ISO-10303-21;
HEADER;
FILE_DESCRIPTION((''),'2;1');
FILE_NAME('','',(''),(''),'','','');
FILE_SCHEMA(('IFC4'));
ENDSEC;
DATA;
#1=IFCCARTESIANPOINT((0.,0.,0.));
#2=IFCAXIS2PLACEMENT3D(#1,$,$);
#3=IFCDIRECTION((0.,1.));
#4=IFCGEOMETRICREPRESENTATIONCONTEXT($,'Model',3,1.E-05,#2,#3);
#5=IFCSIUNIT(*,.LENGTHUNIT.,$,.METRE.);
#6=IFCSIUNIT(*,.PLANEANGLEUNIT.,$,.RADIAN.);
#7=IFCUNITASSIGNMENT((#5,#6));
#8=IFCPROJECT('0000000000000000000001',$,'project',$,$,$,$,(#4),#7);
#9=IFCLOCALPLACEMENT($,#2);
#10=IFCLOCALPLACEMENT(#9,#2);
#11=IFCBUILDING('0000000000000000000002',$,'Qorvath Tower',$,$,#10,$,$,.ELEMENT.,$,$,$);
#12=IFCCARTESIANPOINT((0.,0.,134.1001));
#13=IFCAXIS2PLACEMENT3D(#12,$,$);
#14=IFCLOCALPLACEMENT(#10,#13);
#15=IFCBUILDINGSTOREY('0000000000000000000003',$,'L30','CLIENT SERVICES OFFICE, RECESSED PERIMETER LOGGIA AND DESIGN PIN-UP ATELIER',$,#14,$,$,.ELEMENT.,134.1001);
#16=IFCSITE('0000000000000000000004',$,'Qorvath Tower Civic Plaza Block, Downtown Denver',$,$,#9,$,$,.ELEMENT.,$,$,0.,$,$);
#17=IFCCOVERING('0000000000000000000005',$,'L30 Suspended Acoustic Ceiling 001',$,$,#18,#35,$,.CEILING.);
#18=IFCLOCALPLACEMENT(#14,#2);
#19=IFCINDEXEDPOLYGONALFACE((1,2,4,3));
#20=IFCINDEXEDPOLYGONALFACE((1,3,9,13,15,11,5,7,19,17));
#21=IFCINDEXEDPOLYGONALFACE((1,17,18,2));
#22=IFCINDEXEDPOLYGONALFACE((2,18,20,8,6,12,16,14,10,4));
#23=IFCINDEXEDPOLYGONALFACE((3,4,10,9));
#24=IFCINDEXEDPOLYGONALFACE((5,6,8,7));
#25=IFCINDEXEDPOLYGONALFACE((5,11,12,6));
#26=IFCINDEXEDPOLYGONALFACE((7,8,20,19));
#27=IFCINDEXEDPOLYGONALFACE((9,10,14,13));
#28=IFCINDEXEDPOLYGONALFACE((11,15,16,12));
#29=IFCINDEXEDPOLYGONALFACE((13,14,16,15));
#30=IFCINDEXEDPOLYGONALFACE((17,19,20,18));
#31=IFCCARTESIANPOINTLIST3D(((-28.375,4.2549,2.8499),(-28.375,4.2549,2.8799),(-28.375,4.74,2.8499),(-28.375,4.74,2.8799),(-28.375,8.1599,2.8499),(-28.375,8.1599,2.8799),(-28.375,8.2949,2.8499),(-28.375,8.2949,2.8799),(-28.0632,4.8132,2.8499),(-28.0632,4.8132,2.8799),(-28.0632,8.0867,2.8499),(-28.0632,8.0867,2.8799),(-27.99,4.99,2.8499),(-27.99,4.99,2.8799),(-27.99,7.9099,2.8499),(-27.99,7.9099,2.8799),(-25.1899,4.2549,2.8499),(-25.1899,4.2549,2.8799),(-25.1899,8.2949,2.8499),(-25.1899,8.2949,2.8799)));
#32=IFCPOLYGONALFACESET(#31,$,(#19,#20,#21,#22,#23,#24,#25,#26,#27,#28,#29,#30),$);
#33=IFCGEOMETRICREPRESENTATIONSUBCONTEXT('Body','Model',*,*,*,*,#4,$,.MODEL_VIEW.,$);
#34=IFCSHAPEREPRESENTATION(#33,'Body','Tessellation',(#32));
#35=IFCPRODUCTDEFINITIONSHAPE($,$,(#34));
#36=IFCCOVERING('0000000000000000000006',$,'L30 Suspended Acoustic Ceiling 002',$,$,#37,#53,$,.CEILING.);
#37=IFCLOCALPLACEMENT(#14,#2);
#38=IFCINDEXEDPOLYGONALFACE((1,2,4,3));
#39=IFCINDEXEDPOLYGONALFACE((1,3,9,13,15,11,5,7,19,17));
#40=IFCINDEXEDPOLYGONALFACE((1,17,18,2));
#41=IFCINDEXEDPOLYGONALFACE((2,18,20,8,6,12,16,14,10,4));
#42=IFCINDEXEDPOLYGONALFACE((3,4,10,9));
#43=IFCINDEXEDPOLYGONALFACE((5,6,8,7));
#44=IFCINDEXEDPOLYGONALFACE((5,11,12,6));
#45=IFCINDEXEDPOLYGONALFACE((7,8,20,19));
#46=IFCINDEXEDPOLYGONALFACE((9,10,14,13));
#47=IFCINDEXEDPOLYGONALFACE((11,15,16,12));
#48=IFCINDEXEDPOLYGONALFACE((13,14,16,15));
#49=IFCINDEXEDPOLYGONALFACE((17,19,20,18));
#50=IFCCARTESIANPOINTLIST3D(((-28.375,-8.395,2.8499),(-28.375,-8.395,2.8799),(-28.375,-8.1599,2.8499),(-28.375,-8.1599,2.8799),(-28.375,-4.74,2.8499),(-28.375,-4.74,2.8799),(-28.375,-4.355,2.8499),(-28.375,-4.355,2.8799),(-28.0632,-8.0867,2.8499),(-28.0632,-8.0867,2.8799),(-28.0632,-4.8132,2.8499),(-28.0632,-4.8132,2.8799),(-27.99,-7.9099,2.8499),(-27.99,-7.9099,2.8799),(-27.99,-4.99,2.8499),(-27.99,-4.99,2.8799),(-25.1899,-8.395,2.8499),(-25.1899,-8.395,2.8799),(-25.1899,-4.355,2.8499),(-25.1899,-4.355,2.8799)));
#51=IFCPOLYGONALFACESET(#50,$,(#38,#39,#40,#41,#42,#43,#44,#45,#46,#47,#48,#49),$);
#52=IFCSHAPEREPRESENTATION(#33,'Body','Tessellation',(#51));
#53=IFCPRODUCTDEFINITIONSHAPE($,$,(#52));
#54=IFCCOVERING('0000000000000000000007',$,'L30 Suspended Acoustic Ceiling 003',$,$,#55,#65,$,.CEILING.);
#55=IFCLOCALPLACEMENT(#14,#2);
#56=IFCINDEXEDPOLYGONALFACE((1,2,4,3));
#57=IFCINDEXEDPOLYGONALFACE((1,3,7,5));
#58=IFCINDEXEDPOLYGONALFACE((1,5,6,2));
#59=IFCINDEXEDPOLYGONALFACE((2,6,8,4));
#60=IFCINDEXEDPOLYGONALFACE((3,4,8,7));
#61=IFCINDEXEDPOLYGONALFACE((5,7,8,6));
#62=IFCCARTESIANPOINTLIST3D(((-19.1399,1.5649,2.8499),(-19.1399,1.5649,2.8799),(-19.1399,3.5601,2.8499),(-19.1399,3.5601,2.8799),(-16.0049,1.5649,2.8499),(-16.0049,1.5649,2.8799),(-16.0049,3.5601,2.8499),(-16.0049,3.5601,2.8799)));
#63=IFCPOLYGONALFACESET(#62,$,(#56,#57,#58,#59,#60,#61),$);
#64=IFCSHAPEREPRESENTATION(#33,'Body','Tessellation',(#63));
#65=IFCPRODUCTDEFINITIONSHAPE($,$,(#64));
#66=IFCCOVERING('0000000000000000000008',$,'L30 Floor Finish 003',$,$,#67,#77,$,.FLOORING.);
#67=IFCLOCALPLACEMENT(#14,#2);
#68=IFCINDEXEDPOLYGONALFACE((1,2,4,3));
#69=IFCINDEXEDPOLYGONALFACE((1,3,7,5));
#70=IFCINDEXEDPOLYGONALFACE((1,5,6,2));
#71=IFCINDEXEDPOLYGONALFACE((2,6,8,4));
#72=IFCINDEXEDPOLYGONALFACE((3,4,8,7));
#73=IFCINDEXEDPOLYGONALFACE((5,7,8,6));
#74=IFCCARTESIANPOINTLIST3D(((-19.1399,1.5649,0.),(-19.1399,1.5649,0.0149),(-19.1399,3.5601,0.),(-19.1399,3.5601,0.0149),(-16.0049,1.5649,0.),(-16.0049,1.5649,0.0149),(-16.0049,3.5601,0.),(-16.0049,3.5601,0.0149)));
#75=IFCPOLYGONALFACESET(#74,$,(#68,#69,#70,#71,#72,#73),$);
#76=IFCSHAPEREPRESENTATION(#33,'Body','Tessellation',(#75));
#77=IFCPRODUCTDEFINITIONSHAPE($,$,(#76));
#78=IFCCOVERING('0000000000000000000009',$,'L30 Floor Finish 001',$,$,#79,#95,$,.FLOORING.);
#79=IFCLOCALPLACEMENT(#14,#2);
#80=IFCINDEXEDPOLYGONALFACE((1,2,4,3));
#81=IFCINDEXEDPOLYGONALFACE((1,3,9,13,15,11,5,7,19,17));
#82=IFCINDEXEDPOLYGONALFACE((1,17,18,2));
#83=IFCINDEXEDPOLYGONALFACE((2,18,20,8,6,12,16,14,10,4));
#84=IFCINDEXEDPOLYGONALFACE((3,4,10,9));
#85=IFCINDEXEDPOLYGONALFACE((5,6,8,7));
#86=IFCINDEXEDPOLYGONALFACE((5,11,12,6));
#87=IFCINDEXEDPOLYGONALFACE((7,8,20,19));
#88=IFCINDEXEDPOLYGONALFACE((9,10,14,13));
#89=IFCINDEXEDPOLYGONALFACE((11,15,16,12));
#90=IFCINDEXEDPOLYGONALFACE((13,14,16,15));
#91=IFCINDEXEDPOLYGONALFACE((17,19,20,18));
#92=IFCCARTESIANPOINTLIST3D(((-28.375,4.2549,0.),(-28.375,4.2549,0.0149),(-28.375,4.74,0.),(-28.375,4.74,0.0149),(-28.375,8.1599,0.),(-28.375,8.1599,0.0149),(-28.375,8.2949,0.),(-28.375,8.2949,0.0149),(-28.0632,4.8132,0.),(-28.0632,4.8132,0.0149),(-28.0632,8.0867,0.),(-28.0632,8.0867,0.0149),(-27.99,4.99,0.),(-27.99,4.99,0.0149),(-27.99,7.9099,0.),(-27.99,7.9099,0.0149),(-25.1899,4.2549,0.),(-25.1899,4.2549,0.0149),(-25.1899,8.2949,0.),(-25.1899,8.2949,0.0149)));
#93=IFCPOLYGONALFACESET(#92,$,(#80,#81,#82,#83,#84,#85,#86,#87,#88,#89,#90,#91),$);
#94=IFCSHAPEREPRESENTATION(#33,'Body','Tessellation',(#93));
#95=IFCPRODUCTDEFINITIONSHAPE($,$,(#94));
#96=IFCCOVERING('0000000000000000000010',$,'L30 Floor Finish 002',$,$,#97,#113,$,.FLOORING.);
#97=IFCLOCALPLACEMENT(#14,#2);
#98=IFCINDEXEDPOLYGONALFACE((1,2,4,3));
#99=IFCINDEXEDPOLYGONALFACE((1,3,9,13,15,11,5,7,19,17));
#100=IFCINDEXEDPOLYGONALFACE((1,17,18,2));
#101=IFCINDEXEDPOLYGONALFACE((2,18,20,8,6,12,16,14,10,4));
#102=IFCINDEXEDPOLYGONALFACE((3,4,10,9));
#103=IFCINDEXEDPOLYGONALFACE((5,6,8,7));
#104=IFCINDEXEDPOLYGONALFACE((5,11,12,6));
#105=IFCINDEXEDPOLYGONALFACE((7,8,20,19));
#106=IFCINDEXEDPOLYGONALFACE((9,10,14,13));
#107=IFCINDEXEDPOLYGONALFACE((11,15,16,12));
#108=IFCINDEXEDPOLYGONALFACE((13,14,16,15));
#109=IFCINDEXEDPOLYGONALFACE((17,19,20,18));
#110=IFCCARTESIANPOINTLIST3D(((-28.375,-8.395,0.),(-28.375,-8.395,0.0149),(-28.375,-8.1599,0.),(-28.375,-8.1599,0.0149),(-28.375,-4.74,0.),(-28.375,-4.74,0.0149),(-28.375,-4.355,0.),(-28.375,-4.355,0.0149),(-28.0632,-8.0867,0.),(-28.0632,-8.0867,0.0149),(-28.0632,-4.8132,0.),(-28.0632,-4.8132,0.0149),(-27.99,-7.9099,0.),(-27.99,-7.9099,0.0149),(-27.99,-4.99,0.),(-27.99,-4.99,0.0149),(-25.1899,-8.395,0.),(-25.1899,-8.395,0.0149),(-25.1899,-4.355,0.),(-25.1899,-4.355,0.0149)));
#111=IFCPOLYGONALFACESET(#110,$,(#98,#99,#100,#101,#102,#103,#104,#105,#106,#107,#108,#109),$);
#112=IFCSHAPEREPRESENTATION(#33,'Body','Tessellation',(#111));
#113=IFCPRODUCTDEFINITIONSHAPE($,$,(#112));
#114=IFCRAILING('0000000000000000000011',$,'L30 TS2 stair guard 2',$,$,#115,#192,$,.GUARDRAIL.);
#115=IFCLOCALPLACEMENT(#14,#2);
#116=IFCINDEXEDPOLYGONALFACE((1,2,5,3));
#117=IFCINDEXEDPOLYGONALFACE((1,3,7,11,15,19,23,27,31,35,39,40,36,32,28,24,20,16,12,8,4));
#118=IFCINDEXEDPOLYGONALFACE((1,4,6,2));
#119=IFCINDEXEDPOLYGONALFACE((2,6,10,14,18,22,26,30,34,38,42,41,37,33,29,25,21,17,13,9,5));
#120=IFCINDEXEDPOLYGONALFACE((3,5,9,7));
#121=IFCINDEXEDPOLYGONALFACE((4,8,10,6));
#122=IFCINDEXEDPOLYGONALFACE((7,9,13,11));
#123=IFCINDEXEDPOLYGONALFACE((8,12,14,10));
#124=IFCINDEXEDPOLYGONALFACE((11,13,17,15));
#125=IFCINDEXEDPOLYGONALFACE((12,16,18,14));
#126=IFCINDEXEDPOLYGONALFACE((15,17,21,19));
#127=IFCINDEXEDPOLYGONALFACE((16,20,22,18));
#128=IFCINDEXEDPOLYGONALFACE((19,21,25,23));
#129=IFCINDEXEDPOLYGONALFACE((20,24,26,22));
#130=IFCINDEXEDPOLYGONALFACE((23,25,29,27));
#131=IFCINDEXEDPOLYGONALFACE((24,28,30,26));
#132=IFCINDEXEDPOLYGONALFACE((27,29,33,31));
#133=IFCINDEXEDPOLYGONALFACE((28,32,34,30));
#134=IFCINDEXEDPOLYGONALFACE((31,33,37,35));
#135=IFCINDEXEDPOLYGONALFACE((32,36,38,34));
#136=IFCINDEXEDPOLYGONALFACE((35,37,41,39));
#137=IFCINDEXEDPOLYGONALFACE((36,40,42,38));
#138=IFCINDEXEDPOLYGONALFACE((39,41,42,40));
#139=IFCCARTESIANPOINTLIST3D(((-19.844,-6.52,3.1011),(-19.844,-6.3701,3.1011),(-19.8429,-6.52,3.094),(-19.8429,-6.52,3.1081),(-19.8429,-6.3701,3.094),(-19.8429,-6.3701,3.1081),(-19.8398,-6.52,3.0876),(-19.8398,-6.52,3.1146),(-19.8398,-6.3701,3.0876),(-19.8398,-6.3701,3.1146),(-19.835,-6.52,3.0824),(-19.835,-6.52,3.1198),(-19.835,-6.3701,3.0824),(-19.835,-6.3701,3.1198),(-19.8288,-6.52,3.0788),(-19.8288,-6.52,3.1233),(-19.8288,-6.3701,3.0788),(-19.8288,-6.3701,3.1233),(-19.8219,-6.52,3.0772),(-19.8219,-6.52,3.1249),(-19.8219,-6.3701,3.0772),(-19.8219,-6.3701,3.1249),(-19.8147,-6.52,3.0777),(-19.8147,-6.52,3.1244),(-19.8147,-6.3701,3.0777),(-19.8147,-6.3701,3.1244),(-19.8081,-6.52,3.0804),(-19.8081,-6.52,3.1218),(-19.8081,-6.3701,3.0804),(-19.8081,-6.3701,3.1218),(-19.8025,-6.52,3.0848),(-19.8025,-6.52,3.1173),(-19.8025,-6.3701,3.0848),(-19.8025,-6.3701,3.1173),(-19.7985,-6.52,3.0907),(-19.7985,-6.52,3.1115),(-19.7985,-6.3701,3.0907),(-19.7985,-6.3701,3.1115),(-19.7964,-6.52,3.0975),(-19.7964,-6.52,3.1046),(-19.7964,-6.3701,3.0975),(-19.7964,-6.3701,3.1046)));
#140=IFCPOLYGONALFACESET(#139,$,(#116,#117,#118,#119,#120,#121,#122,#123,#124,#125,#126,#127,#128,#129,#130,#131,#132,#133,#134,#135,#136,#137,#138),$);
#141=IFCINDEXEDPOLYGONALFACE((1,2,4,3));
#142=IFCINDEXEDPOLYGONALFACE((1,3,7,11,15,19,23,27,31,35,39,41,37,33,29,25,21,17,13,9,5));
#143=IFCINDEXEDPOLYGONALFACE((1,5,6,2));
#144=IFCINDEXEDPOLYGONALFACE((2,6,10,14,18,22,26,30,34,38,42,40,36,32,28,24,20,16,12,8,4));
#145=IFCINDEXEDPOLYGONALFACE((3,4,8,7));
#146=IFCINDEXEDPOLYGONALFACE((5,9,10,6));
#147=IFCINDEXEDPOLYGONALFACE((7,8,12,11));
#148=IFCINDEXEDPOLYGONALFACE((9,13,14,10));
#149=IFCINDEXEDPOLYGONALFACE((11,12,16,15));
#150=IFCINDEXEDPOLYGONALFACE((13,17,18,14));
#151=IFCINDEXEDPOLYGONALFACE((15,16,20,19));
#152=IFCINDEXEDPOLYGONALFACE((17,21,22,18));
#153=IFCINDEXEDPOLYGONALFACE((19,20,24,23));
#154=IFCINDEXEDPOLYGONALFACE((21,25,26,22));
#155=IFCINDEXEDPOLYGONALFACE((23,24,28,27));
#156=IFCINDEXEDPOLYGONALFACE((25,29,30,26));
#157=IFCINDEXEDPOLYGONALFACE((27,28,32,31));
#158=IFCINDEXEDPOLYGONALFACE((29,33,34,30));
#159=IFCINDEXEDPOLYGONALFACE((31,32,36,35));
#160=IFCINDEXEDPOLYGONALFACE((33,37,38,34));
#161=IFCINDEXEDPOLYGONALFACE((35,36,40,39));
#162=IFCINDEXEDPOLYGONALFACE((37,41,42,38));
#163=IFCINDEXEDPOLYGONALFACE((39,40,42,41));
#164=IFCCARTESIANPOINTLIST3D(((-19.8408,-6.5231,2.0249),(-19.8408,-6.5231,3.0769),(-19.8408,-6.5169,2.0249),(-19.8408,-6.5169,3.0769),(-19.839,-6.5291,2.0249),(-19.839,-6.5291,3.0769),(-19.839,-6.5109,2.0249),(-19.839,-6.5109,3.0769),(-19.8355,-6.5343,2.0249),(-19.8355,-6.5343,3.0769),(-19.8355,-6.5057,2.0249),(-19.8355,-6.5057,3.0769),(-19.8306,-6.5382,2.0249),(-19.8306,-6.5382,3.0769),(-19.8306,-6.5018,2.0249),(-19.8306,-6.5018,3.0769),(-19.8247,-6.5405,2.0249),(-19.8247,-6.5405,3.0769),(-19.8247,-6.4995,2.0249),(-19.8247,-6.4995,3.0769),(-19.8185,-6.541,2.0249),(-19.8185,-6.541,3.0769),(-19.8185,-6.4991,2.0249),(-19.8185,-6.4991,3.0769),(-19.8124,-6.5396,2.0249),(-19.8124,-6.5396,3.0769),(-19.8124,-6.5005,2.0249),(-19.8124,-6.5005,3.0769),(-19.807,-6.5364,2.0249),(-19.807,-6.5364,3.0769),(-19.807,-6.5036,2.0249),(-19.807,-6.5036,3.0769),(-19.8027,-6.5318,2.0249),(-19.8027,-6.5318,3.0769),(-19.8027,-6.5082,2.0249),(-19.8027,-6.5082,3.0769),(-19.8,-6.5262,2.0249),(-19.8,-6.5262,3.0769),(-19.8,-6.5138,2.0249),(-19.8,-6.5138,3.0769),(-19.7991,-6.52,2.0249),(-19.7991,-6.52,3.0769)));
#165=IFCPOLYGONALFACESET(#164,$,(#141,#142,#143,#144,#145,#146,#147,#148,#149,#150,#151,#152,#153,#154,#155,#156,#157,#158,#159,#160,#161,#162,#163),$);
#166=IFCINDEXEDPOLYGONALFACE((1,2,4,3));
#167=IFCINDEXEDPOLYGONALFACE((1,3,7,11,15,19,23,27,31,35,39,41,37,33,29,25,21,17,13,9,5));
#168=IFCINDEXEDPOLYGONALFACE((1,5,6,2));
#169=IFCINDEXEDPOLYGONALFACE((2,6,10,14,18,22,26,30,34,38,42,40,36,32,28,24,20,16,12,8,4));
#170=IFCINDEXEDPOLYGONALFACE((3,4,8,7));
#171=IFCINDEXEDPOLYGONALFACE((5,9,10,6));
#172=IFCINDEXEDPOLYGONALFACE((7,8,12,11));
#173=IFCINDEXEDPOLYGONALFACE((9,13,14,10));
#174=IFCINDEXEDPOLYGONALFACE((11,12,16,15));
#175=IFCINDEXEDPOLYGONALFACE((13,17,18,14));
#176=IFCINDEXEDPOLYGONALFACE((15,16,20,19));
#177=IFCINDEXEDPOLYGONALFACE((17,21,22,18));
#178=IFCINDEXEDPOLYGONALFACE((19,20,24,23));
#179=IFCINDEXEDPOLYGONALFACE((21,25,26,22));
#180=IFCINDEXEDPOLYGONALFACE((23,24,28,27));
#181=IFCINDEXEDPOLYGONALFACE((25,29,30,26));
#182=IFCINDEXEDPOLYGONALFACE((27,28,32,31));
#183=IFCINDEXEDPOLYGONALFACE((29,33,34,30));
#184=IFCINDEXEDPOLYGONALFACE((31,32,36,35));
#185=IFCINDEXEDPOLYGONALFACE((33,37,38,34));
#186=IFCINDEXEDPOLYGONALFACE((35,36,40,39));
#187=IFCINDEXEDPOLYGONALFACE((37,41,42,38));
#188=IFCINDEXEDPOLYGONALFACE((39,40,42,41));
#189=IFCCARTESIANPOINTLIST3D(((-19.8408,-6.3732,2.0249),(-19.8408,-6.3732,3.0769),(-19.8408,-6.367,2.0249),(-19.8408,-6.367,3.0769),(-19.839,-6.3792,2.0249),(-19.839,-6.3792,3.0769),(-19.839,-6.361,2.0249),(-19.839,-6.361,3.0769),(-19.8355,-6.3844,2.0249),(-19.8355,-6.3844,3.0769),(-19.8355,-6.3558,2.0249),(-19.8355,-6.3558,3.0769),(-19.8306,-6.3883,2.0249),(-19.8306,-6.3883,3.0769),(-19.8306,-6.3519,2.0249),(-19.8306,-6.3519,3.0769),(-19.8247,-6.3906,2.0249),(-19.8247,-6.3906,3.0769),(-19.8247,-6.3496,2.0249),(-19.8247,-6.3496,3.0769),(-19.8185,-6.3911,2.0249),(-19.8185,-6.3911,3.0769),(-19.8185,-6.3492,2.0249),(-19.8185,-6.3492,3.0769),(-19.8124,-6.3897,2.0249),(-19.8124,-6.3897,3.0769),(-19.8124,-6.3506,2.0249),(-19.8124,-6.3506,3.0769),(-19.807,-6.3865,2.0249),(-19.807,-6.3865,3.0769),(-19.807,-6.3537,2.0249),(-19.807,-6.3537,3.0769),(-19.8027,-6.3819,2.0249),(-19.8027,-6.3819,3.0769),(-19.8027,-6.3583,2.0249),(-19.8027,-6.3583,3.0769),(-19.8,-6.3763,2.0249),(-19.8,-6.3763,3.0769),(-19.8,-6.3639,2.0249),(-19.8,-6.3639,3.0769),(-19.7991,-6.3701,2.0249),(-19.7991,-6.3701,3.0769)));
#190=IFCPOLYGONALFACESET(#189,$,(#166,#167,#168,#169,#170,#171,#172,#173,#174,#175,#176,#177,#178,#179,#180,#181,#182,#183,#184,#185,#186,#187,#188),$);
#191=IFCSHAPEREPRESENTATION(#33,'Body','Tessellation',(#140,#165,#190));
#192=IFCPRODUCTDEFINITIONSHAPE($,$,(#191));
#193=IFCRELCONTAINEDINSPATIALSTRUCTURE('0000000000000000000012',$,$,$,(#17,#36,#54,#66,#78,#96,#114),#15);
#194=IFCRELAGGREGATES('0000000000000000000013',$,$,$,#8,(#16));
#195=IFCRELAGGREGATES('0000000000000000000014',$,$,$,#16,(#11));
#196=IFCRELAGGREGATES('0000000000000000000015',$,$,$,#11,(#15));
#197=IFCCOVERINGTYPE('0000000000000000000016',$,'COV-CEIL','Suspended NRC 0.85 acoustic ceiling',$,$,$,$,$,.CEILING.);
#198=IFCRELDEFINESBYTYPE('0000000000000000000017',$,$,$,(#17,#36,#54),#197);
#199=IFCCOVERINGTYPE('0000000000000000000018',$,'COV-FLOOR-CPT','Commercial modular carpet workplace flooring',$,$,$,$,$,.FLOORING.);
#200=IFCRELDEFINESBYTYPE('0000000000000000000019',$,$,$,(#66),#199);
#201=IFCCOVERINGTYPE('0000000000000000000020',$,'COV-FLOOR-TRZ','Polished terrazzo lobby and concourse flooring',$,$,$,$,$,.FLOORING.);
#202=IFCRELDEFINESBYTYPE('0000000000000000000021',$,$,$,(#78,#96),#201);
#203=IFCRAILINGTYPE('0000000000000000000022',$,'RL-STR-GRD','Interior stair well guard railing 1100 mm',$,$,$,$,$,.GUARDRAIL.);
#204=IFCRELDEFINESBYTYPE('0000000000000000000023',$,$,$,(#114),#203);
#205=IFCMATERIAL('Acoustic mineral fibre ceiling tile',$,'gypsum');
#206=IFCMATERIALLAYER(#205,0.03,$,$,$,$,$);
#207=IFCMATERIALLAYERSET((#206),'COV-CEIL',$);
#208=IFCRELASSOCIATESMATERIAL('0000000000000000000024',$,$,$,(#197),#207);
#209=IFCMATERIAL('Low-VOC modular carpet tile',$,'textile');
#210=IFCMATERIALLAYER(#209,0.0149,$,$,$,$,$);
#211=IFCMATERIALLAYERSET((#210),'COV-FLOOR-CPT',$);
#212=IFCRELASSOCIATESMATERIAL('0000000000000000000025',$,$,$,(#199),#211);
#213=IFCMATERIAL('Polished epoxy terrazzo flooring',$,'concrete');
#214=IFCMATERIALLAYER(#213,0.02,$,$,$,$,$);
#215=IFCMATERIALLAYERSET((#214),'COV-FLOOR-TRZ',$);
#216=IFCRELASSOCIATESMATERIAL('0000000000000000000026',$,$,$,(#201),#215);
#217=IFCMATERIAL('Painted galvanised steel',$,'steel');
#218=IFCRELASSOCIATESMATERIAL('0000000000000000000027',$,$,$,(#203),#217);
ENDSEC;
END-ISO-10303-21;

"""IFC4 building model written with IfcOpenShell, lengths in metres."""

from ifc_helpers import new_model, si_unit, direction, frame, origin, origin_2d, place, context, subcontext, project, spatial, polyline, circle, outline, extrude, material, layer, layer_set, type_object, element, save


model = new_model("IFC4")

# Units and contexts
model_context = context("Model", 3, precision=1e-05, world=origin(), true_north=direction((0.0, 1.0)))
body_context = subcontext(model_context, "Body", "Model", "MODEL_VIEW")
ifc_project = project(units=[si_unit("LENGTHUNIT", "METRE"), si_unit("PLANEANGLEUNIT", "RADIAN")], contexts=[model_context])

# Site, building, storey
site_placement = place(None, origin())
site = spatial("IfcSite", under=ifc_project, at=site_placement, Name="Qorvath Tower Civic Plaza Block, Downtown Denver", CompositionType="ELEMENT", RefElevation=0.0)
building_placement = place(site_placement, origin())
building = spatial("IfcBuilding", under=site, at=building_placement, Name="Qorvath Tower", CompositionType="ELEMENT")
storey_placement = place(building_placement, frame((0.0, 0.0, 134.1001)))
storey = spatial("IfcBuildingStorey", under=building, at=storey_placement, Name="L30", Description="CLIENT SERVICES OFFICE, RECESSED PERIMETER LOGGIA AND DESIGN PIN-UP ATELIER", CompositionType="ELEMENT", Elevation=134.1001)

# Coverings
ifc_material_1 = material(Name="Acoustic mineral fibre ceiling tile", Category="gypsum")
ifc_layer_1 = layer(ifc_material_1, 0.03)
ifc_layer_set_1 = layer_set([ifc_layer_1], Name="COV-CEIL")
covering_type_1 = type_object("IfcCoveringType", Name="COV-CEIL", Description="Suspended NRC 0.85 acoustic ceiling", PredefinedType="CEILING", material=ifc_layer_set_1)
covering_1_placement = place(storey_placement, frame((0.0, 0.0, 2.8499)))
element("IfcCovering", 1, at=covering_1_placement, inside=storey, type_object=covering_type_1, Name="L30 Suspended Acoustic Ceiling 001", PredefinedType="CEILING", context=body_context, shape_type="SweptSolid", body=[
    extrude(outline(polyline([(-25.1899, 4.2549), (-25.1899, 8.2949), (-28.375, 8.2949), (-28.375, 8.1599), (-28.0632, 8.0867), (-27.99, 7.9099), (-27.99, 4.99), (-28.0632, 4.8132), (-28.375, 4.74), (-28.375, 4.2549), (-25.1899, 4.2549)])), origin(), (0.0, 0.0, 1.0), 0.03),
])
covering_2_placement = place(storey_placement, frame((0.0, 0.0, 2.8499)))
element("IfcCovering", 2, at=covering_2_placement, inside=storey, type_object=covering_type_1, Name="L30 Suspended Acoustic Ceiling 002", PredefinedType="CEILING", context=body_context, shape_type="SweptSolid", body=[
    extrude(outline(polyline([(-25.1899, -8.395), (-25.1899, -4.355), (-28.375, -4.355), (-28.375, -4.74), (-28.0632, -4.8132), (-27.99, -4.99), (-27.99, -7.9099), (-28.0632, -8.0867), (-28.375, -8.1599), (-28.375, -8.395), (-25.1899, -8.395)])), origin(), (0.0, 0.0, 1.0), 0.03),
])
covering_3_placement = place(storey_placement, frame((0.0, 0.0, 2.8499)))
element("IfcCovering", 3, at=covering_3_placement, inside=storey, type_object=covering_type_1, Name="L30 Suspended Acoustic Ceiling 003", PredefinedType="CEILING", context=body_context, shape_type="SweptSolid", body=[
    extrude(outline(polyline([(-16.0049, 3.5601), (-19.1399, 3.5601), (-19.1399, 1.5649), (-16.0049, 1.5649), (-16.0049, 3.5601)])), origin(), (0.0, 0.0, 1.0), 0.03),
])
ifc_material_2 = material(Name="Low-VOC modular carpet tile", Category="textile")
ifc_layer_2 = layer(ifc_material_2, 0.0149)
ifc_layer_set_2 = layer_set([ifc_layer_2], Name="COV-FLOOR-CPT")
covering_type_2 = type_object("IfcCoveringType", Name="COV-FLOOR-CPT", Description="Commercial modular carpet workplace flooring", PredefinedType="FLOORING", material=ifc_layer_set_2)
covering_4_placement = place(storey_placement, origin())
element("IfcCovering", 4, at=covering_4_placement, inside=storey, type_object=covering_type_2, Name="L30 Floor Finish 003", PredefinedType="FLOORING", context=body_context, shape_type="SweptSolid", body=[
    extrude(outline(polyline([(-16.0049, 3.5601), (-19.1399, 3.5601), (-19.1399, 1.5649), (-16.0049, 1.5649), (-16.0049, 3.5601)])), origin(), (0.0, 0.0, 1.0), 0.0149),
])
ifc_material_3 = material(Name="Polished epoxy terrazzo flooring", Category="concrete")
ifc_layer_3 = layer(ifc_material_3, 0.02)
ifc_layer_set_3 = layer_set([ifc_layer_3], Name="COV-FLOOR-TRZ")
covering_type_3 = type_object("IfcCoveringType", Name="COV-FLOOR-TRZ", Description="Polished terrazzo lobby and concourse flooring", PredefinedType="FLOORING", material=ifc_layer_set_3)
covering_5_placement = place(storey_placement, origin())
element("IfcCovering", 5, at=covering_5_placement, inside=storey, type_object=covering_type_3, Name="L30 Floor Finish 001", PredefinedType="FLOORING", context=body_context, shape_type="SweptSolid", body=[
    extrude(outline(polyline([(-25.1899, 4.2549), (-25.1899, 8.2949), (-28.375, 8.2949), (-28.375, 8.1599), (-28.0632, 8.0867), (-27.99, 7.9099), (-27.99, 4.99), (-28.0632, 4.8132), (-28.375, 4.74), (-28.375, 4.2549), (-25.1899, 4.2549)])), origin(), (0.0, 0.0, 1.0), 0.0149),
])
covering_6_placement = place(storey_placement, origin())
element("IfcCovering", 6, at=covering_6_placement, inside=storey, type_object=covering_type_3, Name="L30 Floor Finish 002", PredefinedType="FLOORING", context=body_context, shape_type="SweptSolid", body=[
    extrude(outline(polyline([(-25.1899, -8.395), (-25.1899, -4.355), (-28.375, -4.355), (-28.375, -4.74), (-28.0632, -4.8132), (-27.99, -4.99), (-27.99, -7.9099), (-28.0632, -8.0867), (-28.375, -8.1599), (-28.375, -8.395), (-25.1899, -8.395)])), origin(), (0.0, 0.0, 1.0), 0.0149),
])

# Railing
ifc_material_4 = material(Name="Painted galvanised steel", Category="steel")
railing_type_1 = type_object("IfcRailingType", Name="RL-STR-GRD", Description="Interior stair well guard railing 1100 mm", PredefinedType="GUARDRAIL", material=ifc_material_4)
railing_1_placement = place(storey_placement, frame((-19.8201, -6.52, 2.0249)))
element("IfcRailing", 7, at=railing_1_placement, inside=storey, type_object=railing_type_1, Name="L30 TS2 stair guard 2", PredefinedType="GUARDRAIL", context=body_context, shape_type="SweptSolid", body=[
    extrude(circle(Radius=0.0239, at=origin_2d()), frame((0.0, 0.0, 1.0762), z_axis=(0.0, 1.0, 0.0), x_axis=(-1.0, 0.0, 0.0)), (0.0, 0.0, 1.0), 0.1499),
    extrude(circle(Radius=0.021, at=origin_2d()), origin(), (0.0, 0.0, 1.0), 1.052),
    extrude(circle(Radius=0.021, at=origin_2d()), frame((0.0, 0.1499, 0.0)), (0.0, 0.0, 1.0), 1.052),
])

save(model, "model.ifc")
